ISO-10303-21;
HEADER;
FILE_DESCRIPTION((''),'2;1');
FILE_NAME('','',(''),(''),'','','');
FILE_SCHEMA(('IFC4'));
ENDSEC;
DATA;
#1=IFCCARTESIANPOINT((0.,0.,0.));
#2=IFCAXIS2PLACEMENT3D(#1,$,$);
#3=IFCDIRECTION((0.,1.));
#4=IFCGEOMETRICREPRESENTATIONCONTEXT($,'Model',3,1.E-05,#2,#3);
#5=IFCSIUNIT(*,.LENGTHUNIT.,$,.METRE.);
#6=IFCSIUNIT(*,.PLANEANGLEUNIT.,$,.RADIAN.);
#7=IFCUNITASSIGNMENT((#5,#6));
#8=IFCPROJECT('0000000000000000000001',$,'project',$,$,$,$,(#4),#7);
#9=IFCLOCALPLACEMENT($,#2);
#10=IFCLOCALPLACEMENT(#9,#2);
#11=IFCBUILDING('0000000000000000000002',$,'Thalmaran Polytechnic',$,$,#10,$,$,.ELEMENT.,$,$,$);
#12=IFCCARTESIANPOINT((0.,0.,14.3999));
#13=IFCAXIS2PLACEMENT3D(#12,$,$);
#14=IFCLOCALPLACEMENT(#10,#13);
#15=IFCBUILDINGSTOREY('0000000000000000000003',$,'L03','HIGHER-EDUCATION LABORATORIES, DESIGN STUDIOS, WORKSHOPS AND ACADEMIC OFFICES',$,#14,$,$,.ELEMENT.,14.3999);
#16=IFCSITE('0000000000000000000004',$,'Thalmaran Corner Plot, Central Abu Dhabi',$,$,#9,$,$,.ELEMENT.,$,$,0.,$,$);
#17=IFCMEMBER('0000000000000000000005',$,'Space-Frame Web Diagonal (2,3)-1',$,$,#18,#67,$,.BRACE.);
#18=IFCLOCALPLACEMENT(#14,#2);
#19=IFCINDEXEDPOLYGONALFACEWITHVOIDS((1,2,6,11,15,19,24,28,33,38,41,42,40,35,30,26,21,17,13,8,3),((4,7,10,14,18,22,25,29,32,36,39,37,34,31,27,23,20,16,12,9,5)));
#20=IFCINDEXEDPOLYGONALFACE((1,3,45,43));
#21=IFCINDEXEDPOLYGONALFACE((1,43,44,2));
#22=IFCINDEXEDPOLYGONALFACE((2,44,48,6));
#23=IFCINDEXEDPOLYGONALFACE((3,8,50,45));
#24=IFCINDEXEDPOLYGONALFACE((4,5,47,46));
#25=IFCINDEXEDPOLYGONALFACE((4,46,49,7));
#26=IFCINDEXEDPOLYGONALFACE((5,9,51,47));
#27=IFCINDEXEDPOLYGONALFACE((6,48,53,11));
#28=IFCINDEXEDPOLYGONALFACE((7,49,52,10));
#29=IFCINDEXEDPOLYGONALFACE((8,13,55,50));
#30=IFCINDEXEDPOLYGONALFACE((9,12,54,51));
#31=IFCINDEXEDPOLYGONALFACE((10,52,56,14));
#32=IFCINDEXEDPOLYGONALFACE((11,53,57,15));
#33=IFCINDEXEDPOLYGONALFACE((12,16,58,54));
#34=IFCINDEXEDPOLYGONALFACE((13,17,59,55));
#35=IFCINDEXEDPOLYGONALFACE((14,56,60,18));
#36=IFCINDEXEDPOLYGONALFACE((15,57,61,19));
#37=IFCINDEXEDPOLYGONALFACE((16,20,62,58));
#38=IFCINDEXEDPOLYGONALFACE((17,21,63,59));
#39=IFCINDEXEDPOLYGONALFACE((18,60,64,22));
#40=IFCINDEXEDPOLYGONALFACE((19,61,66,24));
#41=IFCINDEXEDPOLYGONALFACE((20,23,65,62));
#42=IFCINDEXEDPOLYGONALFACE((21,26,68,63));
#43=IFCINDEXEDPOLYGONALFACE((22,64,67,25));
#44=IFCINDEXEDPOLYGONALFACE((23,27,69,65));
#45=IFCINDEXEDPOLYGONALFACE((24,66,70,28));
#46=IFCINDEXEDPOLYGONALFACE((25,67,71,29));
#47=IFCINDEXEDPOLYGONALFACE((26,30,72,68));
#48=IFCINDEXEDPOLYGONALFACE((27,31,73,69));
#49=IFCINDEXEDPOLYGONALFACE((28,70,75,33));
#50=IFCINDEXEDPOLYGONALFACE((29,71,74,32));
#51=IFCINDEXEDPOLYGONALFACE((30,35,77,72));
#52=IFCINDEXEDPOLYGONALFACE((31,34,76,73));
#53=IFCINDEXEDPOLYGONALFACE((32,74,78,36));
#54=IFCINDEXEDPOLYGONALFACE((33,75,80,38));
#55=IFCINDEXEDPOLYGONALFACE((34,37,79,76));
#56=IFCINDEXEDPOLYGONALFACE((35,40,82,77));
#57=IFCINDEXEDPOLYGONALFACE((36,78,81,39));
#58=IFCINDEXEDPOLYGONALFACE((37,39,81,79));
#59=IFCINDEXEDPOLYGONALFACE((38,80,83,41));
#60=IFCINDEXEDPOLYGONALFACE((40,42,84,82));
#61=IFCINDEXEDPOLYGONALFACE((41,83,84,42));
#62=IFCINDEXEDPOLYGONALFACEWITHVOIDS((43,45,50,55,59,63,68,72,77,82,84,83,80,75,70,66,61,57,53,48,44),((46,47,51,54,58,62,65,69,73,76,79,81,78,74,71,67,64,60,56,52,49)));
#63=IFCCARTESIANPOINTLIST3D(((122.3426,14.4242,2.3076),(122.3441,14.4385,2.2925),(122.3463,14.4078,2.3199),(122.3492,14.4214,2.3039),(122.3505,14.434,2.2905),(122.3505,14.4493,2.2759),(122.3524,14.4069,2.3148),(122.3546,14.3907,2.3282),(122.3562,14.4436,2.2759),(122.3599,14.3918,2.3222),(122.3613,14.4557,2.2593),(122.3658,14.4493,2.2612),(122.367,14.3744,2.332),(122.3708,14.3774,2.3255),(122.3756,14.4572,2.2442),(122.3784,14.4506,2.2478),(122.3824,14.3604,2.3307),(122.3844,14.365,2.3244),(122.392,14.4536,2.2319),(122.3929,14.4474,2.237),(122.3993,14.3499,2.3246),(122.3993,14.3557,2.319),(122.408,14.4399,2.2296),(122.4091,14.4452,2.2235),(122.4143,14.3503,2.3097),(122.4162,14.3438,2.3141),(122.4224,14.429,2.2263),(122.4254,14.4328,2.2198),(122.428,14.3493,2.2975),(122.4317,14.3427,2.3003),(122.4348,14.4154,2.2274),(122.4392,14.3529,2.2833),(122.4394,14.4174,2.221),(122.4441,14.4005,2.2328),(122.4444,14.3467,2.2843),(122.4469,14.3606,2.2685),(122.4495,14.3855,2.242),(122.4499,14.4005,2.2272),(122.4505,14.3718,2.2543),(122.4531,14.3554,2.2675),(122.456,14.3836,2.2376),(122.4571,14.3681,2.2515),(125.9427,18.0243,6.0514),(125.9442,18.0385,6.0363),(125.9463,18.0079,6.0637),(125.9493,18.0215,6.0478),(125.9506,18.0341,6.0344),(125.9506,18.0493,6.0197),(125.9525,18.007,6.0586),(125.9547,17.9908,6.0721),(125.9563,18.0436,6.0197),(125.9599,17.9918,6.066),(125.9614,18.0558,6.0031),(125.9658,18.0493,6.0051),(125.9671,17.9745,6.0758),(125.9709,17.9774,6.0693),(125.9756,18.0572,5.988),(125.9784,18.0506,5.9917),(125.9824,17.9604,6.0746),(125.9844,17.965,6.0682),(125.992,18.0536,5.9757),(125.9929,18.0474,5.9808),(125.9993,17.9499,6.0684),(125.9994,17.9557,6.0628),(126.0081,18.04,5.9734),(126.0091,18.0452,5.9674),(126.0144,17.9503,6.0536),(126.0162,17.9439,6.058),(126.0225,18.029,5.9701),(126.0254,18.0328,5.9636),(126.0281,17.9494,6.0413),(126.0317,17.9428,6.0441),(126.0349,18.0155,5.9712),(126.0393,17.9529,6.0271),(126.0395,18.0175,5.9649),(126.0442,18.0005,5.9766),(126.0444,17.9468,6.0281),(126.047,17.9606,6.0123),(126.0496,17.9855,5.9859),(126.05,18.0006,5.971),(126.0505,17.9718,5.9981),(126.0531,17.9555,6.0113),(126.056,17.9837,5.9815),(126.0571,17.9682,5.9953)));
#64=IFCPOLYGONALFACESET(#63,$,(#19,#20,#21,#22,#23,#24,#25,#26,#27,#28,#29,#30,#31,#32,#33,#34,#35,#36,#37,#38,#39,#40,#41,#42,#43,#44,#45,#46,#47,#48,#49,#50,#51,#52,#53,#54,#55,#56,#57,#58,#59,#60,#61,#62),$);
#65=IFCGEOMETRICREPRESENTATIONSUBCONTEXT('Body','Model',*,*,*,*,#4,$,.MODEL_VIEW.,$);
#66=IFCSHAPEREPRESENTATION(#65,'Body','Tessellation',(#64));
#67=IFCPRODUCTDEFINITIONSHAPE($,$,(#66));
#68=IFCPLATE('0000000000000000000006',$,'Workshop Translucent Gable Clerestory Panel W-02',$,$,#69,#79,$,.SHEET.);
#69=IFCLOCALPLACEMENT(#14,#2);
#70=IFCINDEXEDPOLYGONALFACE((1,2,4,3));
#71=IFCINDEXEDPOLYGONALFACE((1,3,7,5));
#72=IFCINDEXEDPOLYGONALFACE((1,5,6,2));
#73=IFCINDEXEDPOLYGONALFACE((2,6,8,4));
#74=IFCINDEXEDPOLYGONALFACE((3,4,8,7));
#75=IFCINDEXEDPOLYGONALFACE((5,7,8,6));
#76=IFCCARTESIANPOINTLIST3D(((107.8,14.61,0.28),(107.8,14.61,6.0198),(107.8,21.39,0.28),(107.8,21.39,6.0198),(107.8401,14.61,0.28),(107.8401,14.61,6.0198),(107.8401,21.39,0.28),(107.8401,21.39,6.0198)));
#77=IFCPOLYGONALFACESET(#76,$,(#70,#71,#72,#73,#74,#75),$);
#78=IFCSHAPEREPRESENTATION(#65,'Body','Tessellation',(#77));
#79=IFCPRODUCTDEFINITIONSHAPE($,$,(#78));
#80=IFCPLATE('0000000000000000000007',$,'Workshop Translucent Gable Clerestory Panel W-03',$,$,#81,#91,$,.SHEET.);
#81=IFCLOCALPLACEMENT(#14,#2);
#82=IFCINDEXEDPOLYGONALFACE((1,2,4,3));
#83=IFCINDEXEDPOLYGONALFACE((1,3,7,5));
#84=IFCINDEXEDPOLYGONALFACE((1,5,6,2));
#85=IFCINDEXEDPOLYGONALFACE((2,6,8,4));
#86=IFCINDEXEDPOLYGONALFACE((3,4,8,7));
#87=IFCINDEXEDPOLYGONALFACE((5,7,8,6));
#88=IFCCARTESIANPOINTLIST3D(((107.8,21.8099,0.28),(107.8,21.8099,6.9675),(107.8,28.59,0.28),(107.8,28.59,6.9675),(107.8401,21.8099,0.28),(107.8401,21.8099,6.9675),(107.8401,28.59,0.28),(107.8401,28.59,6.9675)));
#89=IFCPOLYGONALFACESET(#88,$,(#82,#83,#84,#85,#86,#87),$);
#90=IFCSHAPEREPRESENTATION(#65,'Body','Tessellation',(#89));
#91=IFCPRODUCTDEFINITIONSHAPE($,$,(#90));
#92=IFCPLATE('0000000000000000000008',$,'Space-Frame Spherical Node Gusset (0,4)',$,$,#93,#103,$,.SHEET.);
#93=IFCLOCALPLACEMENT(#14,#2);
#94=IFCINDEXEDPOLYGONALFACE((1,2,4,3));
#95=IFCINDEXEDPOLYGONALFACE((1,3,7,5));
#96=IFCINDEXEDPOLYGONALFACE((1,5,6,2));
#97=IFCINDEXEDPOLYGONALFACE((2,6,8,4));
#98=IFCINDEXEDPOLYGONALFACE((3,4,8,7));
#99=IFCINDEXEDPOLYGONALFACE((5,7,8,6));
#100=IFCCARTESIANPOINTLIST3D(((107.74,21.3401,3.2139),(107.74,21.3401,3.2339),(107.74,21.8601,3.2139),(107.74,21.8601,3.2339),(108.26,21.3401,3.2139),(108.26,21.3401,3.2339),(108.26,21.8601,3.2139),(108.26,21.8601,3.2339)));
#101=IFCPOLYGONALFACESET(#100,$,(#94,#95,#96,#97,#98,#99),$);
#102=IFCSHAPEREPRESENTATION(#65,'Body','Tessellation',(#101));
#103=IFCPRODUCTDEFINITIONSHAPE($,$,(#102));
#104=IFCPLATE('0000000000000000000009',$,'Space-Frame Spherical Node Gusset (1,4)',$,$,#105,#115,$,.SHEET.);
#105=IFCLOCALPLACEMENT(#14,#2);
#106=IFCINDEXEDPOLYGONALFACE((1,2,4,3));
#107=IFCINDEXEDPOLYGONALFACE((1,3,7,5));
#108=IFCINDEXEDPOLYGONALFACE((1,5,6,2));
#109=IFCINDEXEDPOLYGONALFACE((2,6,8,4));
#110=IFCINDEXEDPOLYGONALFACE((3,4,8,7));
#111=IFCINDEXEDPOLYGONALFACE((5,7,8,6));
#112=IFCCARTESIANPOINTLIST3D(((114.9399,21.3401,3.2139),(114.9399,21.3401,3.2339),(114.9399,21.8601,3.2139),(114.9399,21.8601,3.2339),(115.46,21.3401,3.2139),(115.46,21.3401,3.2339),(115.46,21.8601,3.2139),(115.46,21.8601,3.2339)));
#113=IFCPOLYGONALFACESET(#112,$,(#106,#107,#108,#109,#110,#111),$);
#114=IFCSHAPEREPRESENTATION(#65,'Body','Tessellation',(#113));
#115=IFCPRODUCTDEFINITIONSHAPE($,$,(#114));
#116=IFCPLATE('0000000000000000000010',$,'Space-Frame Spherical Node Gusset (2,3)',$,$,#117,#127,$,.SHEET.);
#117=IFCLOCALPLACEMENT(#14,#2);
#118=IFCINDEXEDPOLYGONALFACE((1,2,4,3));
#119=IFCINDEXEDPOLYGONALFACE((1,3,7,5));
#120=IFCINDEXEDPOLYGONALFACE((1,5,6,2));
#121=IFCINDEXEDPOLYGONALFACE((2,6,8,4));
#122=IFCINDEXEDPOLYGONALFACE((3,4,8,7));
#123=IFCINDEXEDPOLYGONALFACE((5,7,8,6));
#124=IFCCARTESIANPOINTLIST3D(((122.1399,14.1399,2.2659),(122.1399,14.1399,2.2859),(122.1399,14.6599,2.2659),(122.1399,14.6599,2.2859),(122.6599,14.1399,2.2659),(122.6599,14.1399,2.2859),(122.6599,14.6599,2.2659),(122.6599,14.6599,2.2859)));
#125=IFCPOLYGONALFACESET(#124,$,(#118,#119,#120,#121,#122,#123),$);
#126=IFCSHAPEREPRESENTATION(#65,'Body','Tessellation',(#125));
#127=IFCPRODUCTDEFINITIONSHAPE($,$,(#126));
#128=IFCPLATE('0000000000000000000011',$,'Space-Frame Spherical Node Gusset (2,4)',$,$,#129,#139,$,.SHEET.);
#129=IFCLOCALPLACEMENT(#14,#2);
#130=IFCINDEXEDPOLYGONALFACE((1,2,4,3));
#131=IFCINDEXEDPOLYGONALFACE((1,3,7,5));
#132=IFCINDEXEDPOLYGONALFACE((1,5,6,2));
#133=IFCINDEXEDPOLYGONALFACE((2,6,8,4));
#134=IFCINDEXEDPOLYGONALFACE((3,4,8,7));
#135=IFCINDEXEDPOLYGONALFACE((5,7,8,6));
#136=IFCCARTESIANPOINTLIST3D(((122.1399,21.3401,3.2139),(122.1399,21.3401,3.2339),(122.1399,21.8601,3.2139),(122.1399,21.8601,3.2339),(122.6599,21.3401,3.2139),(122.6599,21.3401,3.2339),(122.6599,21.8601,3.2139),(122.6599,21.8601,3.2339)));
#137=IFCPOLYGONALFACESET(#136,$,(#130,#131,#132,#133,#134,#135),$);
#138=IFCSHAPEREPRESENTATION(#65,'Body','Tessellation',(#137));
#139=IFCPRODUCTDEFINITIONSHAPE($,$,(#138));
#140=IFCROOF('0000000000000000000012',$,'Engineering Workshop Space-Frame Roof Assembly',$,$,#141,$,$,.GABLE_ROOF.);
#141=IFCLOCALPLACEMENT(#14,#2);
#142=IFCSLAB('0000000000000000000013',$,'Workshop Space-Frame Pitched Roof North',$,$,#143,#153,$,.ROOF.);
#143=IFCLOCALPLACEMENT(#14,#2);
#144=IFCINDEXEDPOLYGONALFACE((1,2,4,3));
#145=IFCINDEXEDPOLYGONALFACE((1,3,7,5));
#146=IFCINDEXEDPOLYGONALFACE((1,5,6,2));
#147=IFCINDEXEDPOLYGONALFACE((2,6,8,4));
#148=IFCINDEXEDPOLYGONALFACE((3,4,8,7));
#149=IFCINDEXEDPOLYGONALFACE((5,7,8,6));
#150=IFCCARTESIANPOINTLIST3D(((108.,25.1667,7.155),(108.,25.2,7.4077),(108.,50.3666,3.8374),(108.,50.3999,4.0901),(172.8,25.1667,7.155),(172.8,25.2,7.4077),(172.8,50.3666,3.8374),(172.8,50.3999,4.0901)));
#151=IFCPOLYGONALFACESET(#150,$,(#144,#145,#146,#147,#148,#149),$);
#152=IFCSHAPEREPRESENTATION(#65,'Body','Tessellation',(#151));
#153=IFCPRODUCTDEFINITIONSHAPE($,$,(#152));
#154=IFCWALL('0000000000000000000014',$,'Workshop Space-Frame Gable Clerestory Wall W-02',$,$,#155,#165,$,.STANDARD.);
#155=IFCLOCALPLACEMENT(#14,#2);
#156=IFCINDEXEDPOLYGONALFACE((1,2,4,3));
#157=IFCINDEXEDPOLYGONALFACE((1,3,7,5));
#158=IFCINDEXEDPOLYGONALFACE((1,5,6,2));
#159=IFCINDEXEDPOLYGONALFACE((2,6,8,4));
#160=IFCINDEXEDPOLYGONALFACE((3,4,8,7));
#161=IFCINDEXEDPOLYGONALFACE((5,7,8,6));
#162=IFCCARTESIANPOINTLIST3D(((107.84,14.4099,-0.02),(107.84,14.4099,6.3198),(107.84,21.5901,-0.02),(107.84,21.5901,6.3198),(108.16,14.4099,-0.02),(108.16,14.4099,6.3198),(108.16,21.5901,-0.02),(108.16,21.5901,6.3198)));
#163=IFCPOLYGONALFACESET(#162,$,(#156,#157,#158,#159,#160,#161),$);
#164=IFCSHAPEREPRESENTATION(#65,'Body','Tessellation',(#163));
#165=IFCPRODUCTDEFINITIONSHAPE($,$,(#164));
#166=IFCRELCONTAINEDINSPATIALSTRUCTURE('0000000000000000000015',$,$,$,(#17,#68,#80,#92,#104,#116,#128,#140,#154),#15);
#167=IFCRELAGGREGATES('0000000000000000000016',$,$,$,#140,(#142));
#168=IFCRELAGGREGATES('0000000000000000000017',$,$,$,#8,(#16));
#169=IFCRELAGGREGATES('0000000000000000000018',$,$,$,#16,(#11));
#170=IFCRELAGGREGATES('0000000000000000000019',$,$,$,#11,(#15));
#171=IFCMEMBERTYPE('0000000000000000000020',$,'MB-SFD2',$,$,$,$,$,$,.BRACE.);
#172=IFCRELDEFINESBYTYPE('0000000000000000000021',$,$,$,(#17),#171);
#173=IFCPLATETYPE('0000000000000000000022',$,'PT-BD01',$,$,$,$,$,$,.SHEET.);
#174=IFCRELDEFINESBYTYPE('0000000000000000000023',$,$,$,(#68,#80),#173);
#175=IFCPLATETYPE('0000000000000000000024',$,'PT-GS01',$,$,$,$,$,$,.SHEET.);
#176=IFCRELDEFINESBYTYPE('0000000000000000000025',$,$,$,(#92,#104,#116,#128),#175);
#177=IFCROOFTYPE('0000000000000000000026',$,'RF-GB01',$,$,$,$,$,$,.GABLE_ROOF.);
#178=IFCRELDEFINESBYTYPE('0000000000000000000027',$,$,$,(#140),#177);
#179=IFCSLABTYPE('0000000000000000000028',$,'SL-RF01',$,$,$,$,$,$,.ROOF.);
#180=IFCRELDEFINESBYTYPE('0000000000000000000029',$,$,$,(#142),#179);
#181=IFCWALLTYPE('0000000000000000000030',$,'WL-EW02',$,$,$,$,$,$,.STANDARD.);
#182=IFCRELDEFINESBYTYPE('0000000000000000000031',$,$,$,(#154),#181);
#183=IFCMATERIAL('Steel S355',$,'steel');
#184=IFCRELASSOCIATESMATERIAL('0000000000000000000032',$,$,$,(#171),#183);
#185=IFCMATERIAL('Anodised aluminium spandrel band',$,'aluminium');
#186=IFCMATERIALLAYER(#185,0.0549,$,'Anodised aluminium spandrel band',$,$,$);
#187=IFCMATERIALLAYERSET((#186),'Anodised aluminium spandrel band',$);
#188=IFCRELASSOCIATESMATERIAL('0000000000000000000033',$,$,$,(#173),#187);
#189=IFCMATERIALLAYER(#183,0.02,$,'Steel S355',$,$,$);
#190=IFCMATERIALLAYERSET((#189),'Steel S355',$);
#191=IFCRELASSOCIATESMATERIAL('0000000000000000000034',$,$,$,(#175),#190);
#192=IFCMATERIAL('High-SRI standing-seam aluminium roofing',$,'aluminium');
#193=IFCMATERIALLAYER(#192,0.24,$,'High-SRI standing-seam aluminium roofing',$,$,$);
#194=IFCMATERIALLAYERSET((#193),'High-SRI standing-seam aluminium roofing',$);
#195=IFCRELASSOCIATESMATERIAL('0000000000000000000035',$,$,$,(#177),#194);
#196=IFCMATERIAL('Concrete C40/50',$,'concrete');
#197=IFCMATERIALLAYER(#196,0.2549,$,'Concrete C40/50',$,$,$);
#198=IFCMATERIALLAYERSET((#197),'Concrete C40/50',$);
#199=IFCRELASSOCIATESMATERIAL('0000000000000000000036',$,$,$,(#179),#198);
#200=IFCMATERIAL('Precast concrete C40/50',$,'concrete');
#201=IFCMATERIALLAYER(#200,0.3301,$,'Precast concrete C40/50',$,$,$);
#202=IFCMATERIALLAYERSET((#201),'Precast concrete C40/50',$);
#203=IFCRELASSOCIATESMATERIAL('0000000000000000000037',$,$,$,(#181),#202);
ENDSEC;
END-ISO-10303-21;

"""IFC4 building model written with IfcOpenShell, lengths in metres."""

from ifc_helpers import new_model, si_unit, direction, frame, frame_2d, origin, origin_2d, place, context, subcontext, project, spatial, polyline, rectangle, hollow_circle, outline, extrude, material, layer, layer_set, material_profile, profile_set, type_object, element, aggregate, save


model = new_model("IFC4")

# Units and contexts
model_context = context("Model", 3, precision=1e-05, world=origin(), true_north=direction((0.0, 1.0)))
body_context = subcontext(model_context, "Body", "Model", "MODEL_VIEW")
ifc_project = project(units=[si_unit("LENGTHUNIT", "METRE"), si_unit("PLANEANGLEUNIT", "RADIAN")], contexts=[model_context])

# Site, building, storey
site_placement = place(None, origin())
site = spatial("IfcSite", under=ifc_project, at=site_placement, Name="Thalmaran Corner Plot, Central Abu Dhabi", CompositionType="ELEMENT", RefElevation=0.0)
building_placement = place(site_placement, origin())
building = spatial("IfcBuilding", under=site, at=building_placement, Name="Thalmaran Polytechnic", CompositionType="ELEMENT")
storey_placement = place(building_placement, frame((0.0, 0.0, 14.3999)))
storey = spatial("IfcBuildingStorey", under=building, at=storey_placement, Name="L03", Description="HIGHER-EDUCATION LABORATORIES, DESIGN STUDIOS, WORKSHOPS AND ACADEMIC OFFICES", CompositionType="ELEMENT", Elevation=14.3999)

# Shared definitions
ifc_material_1 = material(Name="Steel S355", Category="steel")

# Member
ifc_material_profile_1 = material_profile(ifc_material_1, hollow_circle(Radius=0.0698, WallThickness=0.0081, at=origin_2d()), Name="CHS 139.7x8.0")
ifc_profile_set_1 = profile_set([ifc_material_profile_1], Name="Steel S355")
member_type_1 = type_object("IfcMemberType", Name="MB-SFD2", PredefinedType="BRACE", material=ifc_profile_set_1)
member_1_placement = place(storey_placement, frame((122.3999, 14.3999, 2.2759), z_axis=(0.569666, 0.569666, 0.59242), x_axis=(-0.707107, 0.707107, 0.0)))
element("IfcMember", 1, at=member_1_placement, inside=storey, type_object=member_type_1, Name="Space-Frame Web Diagonal (2,3)-1", PredefinedType="BRACE", context=body_context, shape_type="SweptSolid", body=[
    extrude(hollow_circle(Radius=0.0698, WallThickness=0.0081, at=origin_2d()), origin(), (0.0, 0.0, 1.0), 6.3196),
])

# Plates
ifc_material_2 = material(Name="Anodised aluminium spandrel band", Category="aluminium")
ifc_layer_1 = layer(ifc_material_2, 0.0549, Name="Anodised aluminium spandrel band")
ifc_layer_set_1 = layer_set([ifc_layer_1], Name="Anodised aluminium spandrel band")
plate_type_1 = type_object("IfcPlateType", Name="PT-BD01", PredefinedType="SHEET", material=ifc_layer_set_1)
plate_1_placement = place(storey_placement, frame((107.8201, 18.0, 0.28), z_axis=(0.0, 0.0, 1.0), x_axis=(1.0, 0.0, 0.0)))
element("IfcPlate", 2, at=plate_1_placement, inside=storey, type_object=plate_type_1, Name="Workshop Translucent Gable Clerestory Panel W-02", PredefinedType="SHEET", context=body_context, shape_type="SweptSolid", body=[
    extrude(rectangle(XDim=0.04, YDim=6.78, at=origin_2d()), origin(), (0.0, 0.0, 1.0), 5.7397),
])
plate_2_placement = place(storey_placement, frame((107.8201, 25.2, 0.28), z_axis=(0.0, 0.0, 1.0), x_axis=(1.0, 0.0, 0.0)))
element("IfcPlate", 3, at=plate_2_placement, inside=storey, type_object=plate_type_1, Name="Workshop Translucent Gable Clerestory Panel W-03", PredefinedType="SHEET", context=body_context, shape_type="SweptSolid", body=[
    extrude(rectangle(XDim=0.04, YDim=6.78, at=origin_2d()), origin(), (0.0, 0.0, 1.0), 6.6875),
])
ifc_layer_2 = layer(ifc_material_1, 0.02, Name="Steel S355")
ifc_layer_set_2 = layer_set([ifc_layer_2], Name="Steel S355")
plate_type_2 = type_object("IfcPlateType", Name="PT-GS01", PredefinedType="SHEET", material=ifc_layer_set_2)
for number, where, z_axis, x_axis, name in (
    (4, (108.0, 21.6001, 3.2139), (0.0, 0.0, 1.0), (1.0, 0.0, 0.0), "Space-Frame Spherical Node Gusset (0,4)"),
    (5, (115.2, 21.6001, 3.2139), (0.0, 0.0, 1.0), (1.0, 0.0, 0.0), "Space-Frame Spherical Node Gusset (1,4)"),
    (6, (122.3999, 14.3999, 2.2659), (0.0, 0.0, 1.0), (1.0, 0.0, 0.0), "Space-Frame Spherical Node Gusset (2,3)"),
    (7, (122.3999, 21.6001, 3.2139), (0.0, 0.0, 1.0), (1.0, 0.0, 0.0), "Space-Frame Spherical Node Gusset (2,4)"),
):
    element("IfcPlate", number, at=place(storey_placement, frame(where, z_axis=z_axis, x_axis=x_axis)), inside=storey, type_object=plate_type_2, Name=name, PredefinedType="SHEET", context=body_context, shape_type="SweptSolid", body=[
        extrude(rectangle(XDim=0.52, YDim=0.52, at=origin_2d()), origin(), (0.0, 0.0, 1.0), 0.02),
    ])

# Roof, slab
ifc_material_3 = material(Name="High-SRI standing-seam aluminium roofing", Category="aluminium")
ifc_layer_3 = layer(ifc_material_3, 0.24, Name="High-SRI standing-seam aluminium roofing")
ifc_layer_set_3 = layer_set([ifc_layer_3], Name="High-SRI standing-seam aluminium roofing")
roof_type = type_object("IfcRoofType", Name="RF-GB01", PredefinedType="GABLE_ROOF", material=ifc_layer_set_3)
roof_placement = place(storey_placement, origin())
roof = element("IfcRoof", 8, at=roof_placement, inside=storey, type_object=roof_type, Name="Engineering Workshop Space-Frame Roof Assembly", PredefinedType="GABLE_ROOF")
ifc_material_4 = material(Name="Concrete C40/50", Category="concrete")
ifc_layer_4 = layer(ifc_material_4, 0.2549, Name="Concrete C40/50")
ifc_layer_set_4 = layer_set([ifc_layer_4], Name="Concrete C40/50")
slab_type = type_object("IfcSlabType", Name="SL-RF01", PredefinedType="ROOF", material=ifc_layer_set_4)
slab_placement = place(storey_placement, frame((108.0, 25.2, 7.4077), z_axis=(0.0, 0.130526, 0.991445), x_axis=(1.0, 0.0, 0.0)))
slab = element("IfcSlab", 9, at=slab_placement, type_object=slab_type, Name="Workshop Space-Frame Pitched Roof North", PredefinedType="ROOF", context=body_context, shape_type="SweptSolid", body=[
    extrude(outline(polyline([(0.0, 0.0), (64.8, 0.0), (64.8, 25.4174), (0.0, 25.4174), (0.0, 0.0)])), origin(), (0.0, 0.0, -1.0), 0.2549),
])
aggregate(roof, [slab])

# Wall
ifc_material_5 = material(Name="Precast concrete C40/50", Category="concrete")
ifc_layer_5 = layer(ifc_material_5, 0.3301, Name="Precast concrete C40/50")
ifc_layer_set_5 = layer_set([ifc_layer_5], Name="Precast concrete C40/50")
wall_type = type_object("IfcWallType", Name="WL-EW02", PredefinedType="STANDARD", material=ifc_layer_set_5)
wall_placement = place(storey_placement, frame((108.0, 21.5901, -0.02), z_axis=(0.0, 0.0, 1.0), x_axis=(0.0, -1.0, 0.0)))
element("IfcWall", 10, at=wall_placement, inside=storey, type_object=wall_type, Name="Workshop Space-Frame Gable Clerestory Wall W-02", PredefinedType="STANDARD", context=body_context, shape_type="SweptSolid", body=[
    extrude(rectangle(XDim=7.1802, YDim=0.3201, at=frame_2d((3.5901, 0.0))), origin(), (0.0, 0.0, 1.0), 6.3398),
])

save(model, "model.ifc")
